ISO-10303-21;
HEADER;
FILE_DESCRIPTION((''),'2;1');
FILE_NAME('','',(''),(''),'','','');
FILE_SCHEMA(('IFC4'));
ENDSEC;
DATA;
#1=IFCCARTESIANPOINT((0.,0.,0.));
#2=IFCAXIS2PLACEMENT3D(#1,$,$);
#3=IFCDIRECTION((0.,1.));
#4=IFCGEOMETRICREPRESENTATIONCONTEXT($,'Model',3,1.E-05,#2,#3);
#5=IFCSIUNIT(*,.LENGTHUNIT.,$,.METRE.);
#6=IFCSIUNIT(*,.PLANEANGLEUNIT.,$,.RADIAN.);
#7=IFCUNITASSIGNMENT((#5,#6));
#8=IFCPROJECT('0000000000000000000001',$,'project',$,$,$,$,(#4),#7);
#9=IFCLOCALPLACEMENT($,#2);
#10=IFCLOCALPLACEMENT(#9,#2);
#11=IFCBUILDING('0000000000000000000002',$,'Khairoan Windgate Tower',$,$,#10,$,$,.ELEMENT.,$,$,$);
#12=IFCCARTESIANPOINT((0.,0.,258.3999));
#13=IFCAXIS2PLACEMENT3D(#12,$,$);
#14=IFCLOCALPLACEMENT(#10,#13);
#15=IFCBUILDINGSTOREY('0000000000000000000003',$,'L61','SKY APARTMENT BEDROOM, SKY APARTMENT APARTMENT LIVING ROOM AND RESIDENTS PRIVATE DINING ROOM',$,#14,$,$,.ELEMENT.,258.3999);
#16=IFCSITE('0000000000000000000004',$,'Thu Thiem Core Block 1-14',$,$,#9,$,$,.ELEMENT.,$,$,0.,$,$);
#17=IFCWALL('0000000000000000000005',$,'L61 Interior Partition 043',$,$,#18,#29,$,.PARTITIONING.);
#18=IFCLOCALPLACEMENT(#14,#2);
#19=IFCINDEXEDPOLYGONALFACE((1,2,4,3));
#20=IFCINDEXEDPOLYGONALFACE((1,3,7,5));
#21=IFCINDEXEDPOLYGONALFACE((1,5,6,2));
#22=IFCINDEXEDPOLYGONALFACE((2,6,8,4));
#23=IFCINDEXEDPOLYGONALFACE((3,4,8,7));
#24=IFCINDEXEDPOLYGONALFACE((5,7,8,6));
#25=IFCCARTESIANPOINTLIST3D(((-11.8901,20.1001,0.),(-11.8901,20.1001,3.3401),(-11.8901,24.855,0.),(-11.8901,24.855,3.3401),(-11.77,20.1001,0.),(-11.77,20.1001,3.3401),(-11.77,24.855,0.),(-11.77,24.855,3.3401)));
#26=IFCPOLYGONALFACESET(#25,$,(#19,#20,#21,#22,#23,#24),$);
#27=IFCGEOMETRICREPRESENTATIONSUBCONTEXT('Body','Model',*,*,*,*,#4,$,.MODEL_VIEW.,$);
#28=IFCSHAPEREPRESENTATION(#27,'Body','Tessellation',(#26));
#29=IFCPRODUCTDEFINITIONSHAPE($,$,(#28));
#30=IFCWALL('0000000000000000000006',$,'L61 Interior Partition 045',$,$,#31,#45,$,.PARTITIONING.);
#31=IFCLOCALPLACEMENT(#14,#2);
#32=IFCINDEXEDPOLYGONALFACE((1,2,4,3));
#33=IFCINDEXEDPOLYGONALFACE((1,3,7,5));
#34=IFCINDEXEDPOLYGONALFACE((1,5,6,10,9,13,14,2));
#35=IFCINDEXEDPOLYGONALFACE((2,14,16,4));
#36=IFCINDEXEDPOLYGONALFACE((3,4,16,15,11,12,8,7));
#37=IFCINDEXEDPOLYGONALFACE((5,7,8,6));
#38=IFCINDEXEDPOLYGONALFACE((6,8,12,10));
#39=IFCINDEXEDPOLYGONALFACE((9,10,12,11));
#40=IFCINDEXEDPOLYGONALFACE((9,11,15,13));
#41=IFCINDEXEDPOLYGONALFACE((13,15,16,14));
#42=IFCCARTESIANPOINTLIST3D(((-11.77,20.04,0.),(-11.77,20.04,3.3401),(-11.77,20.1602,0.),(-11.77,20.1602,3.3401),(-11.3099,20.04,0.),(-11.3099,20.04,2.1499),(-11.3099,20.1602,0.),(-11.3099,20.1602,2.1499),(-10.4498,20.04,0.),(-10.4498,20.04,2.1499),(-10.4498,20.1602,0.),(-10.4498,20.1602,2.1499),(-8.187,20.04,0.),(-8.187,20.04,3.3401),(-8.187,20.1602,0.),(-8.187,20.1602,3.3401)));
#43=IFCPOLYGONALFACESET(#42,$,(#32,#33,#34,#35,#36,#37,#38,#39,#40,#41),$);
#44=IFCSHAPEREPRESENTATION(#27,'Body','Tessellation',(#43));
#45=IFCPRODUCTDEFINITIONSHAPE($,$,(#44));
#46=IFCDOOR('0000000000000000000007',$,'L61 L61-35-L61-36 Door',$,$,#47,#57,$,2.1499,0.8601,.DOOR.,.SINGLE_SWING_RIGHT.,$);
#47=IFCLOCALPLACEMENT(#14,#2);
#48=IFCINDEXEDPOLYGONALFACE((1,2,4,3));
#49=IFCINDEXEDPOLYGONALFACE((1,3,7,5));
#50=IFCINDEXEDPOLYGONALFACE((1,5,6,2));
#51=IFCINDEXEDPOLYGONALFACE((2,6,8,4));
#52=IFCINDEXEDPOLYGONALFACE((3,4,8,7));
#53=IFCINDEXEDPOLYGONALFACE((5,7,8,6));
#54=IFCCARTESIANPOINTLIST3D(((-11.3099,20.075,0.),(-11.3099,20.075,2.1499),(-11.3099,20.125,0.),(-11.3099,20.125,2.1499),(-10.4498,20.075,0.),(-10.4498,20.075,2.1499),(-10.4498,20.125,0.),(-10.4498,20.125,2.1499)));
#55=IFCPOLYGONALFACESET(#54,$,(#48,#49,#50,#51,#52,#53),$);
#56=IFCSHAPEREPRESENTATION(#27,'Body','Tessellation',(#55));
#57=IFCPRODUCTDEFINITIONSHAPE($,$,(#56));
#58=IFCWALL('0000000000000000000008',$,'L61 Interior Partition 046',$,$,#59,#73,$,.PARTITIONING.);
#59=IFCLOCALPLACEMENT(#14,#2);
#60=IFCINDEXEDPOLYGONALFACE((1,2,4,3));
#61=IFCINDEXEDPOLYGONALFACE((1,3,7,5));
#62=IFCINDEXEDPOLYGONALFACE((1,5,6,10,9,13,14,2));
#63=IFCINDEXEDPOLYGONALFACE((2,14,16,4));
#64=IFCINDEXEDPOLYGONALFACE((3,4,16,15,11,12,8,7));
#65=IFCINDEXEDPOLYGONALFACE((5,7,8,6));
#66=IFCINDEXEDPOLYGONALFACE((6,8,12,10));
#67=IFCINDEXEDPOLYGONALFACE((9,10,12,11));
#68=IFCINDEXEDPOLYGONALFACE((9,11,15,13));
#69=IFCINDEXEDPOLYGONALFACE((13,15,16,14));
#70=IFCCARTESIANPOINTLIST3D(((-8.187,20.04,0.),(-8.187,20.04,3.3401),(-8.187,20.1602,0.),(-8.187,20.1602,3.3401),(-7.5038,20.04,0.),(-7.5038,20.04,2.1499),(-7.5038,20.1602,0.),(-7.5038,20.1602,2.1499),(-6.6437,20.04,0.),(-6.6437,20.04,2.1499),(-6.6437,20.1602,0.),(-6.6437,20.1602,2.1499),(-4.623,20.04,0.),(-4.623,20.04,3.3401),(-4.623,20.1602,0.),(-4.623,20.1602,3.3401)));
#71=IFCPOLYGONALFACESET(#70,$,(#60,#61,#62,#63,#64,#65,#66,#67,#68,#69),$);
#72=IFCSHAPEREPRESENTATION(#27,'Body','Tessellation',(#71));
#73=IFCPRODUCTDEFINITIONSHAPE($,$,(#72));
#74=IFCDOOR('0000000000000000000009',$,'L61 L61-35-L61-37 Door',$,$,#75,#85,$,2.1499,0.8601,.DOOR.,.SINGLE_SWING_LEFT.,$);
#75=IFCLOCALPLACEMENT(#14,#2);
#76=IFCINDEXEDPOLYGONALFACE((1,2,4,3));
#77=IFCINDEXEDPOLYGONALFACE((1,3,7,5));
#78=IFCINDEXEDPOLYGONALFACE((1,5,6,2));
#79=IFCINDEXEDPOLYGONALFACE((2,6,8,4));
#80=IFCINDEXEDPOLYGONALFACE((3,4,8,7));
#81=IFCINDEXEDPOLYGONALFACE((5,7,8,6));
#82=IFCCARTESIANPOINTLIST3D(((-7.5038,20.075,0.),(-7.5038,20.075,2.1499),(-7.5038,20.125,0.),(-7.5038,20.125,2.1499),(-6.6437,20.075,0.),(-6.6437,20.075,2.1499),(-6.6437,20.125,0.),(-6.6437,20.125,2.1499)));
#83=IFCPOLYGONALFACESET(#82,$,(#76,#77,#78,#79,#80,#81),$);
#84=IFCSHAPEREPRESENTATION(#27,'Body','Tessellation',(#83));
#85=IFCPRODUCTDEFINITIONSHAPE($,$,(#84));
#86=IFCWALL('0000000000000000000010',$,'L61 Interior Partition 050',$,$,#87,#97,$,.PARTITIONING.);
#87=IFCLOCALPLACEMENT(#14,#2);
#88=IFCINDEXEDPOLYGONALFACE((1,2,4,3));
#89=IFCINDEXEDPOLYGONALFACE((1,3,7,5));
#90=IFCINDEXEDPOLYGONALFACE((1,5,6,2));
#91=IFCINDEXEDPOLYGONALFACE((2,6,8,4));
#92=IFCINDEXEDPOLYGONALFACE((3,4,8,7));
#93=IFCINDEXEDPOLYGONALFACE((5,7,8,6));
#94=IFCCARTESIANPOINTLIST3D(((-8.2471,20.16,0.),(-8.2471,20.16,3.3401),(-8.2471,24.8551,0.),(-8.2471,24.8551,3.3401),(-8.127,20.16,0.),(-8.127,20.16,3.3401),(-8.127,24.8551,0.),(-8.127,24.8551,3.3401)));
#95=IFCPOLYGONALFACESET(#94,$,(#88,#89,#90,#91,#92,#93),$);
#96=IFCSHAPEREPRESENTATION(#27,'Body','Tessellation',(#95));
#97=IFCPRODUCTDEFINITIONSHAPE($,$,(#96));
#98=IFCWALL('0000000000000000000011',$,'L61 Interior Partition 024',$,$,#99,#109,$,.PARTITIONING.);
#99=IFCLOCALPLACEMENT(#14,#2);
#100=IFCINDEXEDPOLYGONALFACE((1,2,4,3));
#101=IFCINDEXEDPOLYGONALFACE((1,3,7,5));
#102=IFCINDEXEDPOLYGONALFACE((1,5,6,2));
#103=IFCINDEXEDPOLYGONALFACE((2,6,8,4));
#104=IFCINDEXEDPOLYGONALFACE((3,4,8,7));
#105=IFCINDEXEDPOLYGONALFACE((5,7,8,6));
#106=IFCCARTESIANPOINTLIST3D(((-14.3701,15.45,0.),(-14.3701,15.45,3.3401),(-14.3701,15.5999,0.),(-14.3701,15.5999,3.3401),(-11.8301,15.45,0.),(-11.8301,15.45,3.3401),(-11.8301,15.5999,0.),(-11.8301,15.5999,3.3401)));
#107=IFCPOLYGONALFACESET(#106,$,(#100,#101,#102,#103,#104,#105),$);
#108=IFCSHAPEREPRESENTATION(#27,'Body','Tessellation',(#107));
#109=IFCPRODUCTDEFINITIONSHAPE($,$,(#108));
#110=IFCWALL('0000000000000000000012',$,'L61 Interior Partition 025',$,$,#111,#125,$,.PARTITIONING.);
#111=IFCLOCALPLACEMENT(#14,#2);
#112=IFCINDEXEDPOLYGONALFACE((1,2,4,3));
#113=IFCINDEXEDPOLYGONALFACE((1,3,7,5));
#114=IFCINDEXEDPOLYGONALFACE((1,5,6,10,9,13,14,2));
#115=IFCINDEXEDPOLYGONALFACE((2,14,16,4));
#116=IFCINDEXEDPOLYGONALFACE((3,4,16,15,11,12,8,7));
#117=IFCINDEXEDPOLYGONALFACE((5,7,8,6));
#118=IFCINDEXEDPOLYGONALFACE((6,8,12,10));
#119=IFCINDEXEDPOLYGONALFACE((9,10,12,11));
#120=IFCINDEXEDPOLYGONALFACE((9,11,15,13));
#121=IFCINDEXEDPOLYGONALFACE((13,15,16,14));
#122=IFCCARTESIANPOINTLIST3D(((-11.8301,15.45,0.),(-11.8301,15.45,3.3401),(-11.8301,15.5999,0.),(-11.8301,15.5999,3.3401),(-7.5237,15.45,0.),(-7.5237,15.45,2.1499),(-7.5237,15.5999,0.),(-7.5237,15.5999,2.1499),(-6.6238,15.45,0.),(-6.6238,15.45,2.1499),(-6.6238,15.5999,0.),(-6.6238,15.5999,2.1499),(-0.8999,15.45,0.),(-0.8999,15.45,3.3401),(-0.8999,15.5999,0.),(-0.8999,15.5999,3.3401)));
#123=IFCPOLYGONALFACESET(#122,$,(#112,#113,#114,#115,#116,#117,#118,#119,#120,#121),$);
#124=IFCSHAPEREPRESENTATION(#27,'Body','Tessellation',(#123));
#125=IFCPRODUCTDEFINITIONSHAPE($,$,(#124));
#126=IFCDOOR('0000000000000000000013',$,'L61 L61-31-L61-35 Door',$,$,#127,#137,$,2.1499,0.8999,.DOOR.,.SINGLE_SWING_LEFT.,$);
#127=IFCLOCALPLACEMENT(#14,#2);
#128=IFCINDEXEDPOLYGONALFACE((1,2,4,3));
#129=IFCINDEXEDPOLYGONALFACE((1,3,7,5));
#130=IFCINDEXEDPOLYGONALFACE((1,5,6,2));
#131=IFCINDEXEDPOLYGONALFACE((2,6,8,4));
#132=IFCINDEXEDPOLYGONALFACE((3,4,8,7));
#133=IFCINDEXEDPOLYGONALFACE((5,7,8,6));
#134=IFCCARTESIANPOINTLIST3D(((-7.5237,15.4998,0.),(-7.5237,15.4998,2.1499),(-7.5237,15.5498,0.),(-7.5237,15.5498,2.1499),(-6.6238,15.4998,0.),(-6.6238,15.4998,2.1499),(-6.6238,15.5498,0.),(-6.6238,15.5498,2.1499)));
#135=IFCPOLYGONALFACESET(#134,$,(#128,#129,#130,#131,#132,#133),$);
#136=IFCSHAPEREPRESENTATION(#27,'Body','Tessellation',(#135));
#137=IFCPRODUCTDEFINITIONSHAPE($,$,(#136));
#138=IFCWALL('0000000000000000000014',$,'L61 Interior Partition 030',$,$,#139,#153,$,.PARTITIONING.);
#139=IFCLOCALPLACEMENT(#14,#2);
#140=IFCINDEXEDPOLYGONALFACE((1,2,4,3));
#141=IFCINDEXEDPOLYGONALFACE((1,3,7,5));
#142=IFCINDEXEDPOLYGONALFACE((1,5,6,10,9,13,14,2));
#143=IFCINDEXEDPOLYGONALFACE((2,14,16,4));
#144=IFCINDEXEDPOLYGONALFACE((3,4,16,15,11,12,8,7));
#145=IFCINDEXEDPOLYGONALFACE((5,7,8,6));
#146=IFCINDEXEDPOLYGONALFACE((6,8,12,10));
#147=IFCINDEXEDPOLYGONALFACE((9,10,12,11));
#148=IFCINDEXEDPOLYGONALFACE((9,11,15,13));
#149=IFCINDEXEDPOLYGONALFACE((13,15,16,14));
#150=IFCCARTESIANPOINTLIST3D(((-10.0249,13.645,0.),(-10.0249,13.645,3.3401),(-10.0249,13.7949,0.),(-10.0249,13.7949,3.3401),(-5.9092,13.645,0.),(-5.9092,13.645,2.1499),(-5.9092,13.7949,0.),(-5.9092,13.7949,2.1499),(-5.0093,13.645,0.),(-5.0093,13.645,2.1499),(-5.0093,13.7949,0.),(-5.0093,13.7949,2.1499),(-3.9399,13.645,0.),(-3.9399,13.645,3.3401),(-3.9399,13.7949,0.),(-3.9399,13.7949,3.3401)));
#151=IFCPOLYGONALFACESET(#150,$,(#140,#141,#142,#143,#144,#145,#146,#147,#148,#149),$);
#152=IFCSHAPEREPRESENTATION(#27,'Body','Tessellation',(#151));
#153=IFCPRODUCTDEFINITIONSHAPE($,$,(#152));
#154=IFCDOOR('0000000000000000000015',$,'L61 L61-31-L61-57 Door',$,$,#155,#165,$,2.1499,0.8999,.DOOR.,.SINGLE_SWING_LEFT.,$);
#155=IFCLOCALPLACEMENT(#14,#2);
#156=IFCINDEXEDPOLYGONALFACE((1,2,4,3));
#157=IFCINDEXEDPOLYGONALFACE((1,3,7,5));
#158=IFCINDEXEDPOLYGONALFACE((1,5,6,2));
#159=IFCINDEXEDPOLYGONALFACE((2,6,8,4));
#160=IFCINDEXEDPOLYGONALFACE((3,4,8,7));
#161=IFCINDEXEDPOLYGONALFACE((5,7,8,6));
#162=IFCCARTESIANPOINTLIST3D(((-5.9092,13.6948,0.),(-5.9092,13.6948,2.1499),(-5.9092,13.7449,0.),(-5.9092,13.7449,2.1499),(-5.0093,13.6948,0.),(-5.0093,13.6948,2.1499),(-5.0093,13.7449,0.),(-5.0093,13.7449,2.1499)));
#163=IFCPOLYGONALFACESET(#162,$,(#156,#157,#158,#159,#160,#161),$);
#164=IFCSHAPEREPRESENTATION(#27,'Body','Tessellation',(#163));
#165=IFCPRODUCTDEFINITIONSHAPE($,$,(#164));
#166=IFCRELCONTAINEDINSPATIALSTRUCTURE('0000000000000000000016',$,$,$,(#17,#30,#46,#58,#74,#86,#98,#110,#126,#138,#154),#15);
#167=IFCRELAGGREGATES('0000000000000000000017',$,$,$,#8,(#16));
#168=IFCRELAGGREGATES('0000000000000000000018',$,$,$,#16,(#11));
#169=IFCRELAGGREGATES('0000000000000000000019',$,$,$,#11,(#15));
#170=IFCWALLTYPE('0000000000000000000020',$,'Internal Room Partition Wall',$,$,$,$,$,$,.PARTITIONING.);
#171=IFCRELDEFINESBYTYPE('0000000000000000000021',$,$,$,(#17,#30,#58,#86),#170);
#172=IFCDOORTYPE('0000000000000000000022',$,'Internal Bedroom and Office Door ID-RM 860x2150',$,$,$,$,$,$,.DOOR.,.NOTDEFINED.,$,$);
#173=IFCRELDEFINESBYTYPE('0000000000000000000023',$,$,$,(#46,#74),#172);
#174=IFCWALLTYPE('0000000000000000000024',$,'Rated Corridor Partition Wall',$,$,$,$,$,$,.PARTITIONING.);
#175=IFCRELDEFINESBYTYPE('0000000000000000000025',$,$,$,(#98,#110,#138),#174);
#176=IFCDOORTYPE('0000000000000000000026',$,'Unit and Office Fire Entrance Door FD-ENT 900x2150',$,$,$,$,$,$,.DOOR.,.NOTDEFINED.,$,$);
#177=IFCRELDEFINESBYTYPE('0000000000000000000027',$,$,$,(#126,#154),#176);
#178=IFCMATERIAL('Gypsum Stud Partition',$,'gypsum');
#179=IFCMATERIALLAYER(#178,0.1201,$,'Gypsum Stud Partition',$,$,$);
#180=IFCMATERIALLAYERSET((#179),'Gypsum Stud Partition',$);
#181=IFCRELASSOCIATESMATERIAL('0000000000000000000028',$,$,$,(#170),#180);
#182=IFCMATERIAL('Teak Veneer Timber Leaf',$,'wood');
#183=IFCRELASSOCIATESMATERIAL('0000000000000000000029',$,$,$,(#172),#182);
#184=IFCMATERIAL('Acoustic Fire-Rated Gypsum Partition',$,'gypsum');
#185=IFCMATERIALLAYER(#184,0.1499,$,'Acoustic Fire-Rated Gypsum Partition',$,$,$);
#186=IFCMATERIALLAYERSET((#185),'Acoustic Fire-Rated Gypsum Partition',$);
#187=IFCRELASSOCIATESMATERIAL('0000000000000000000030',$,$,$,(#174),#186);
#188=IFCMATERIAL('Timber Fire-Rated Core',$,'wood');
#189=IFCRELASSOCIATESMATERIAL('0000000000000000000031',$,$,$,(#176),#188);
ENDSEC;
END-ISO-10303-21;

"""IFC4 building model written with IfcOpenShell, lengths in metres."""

from ifc_helpers import new_model, si_unit, direction, frame, frame_2d, origin, place, context, subcontext, project, spatial, rectangle, extrude, material, layer, layer_set, type_object, element, fill, save


model = new_model("IFC4")

# Units and contexts
model_context = context("Model", 3, precision=1e-05, world=origin(), true_north=direction((0.0, 1.0)))
body_context = subcontext(model_context, "Body", "Model", "MODEL_VIEW")
ifc_project = project(units=[si_unit("LENGTHUNIT", "METRE"), si_unit("PLANEANGLEUNIT", "RADIAN")], contexts=[model_context])

# Site, building, storey
site_placement = place(None, origin())
site = spatial("IfcSite", under=ifc_project, at=site_placement, Name="Thu Thiem Core Block 1-14", CompositionType="ELEMENT", RefElevation=0.0)
building_placement = place(site_placement, origin())
building = spatial("IfcBuilding", under=site, at=building_placement, Name="Khairoan Windgate Tower", CompositionType="ELEMENT")
storey_placement = place(building_placement, frame((0.0, 0.0, 258.3999)))
storey = spatial("IfcBuildingStorey", under=building, at=storey_placement, Name="L61", Description="SKY APARTMENT BEDROOM, SKY APARTMENT APARTMENT LIVING ROOM AND RESIDENTS PRIVATE DINING ROOM", CompositionType="ELEMENT", Elevation=258.3999)

# Shared definitions
ifc_material_1 = material(Name="Gypsum Stud Partition", Category="gypsum")
ifc_layer_1 = layer(ifc_material_1, 0.1201, Name="Gypsum Stud Partition")
ifc_layer_set_1 = layer_set([ifc_layer_1], Name="Gypsum Stud Partition")
wall_type_1 = type_object("IfcWallType", Name="Internal Room Partition Wall", PredefinedType="PARTITIONING", material=ifc_layer_set_1)
ifc_material_2 = material(Name="Teak Veneer Timber Leaf", Category="wood")
door_type_1 = type_object("IfcDoorType", Name="Internal Bedroom and Office Door ID-RM 860x2150", OperationType="NOTDEFINED", PredefinedType="DOOR", material=ifc_material_2)

# Wall
wall_1_placement = place(storey_placement, frame((-11.8301, 20.1001, 0.0), z_axis=(0.0, 0.0, 1.0), x_axis=(0.0, 1.0, 0.0)))
element("IfcWall", 1, at=wall_1_placement, inside=storey, type_object=wall_type_1, Name="L61 Interior Partition 043", PredefinedType="PARTITIONING", context=body_context, shape_type="SweptSolid", body=[
    extrude(rectangle(XDim=4.7549, YDim=0.1201, at=frame_2d((2.3774, 0.0))), origin(), (0.0, 0.0, 1.0), 3.3401),
])

# Walls, openings, doors
wall_2_placement = place(storey_placement, frame((-11.77, 20.1001, 0.0), z_axis=(0.0, 0.0, 1.0), x_axis=(1.0, 0.0, 0.0)))
wall_2 = element("IfcWall", 2, at=wall_2_placement, inside=storey, type_object=wall_type_1, Name="L61 Interior Partition 045", PredefinedType="PARTITIONING", context=body_context, shape_type="SweptSolid", body=[
    extrude(rectangle(XDim=3.583, YDim=0.1201, at=frame_2d((1.7915, 0.0))), origin(), (0.0, 0.0, 1.0), 3.3401),
])
opening_1_placement = place(wall_2_placement, frame((0.46, 0.0, 0.0)))
opening_1 = element("IfcOpeningElement", 3, at=opening_1_placement, cuts=wall_2, PredefinedType="OPENING", context=body_context, shape_type="SweptSolid", body=[
    extrude(rectangle(XDim=0.8601, YDim=2.1499, at=frame_2d((0.4302, 1.075))), frame((0.0, 0.0701, 0.0), z_axis=(0.0, -1.0, 0.0), x_axis=(1.0, 0.0, 0.0)), (0.0, 0.0, 1.0), 0.1401),
])
door_1_placement = place(opening_1_placement, origin())
door_1 = element("IfcDoor", 4, at=door_1_placement, inside=storey, type_object=door_type_1, Name="L61 L61-35-L61-36 Door", OperationType="SINGLE_SWING_RIGHT", OverallHeight=2.1499, OverallWidth=0.8601, PredefinedType="DOOR", context=body_context, shape_type="SweptSolid", body=[
    extrude(rectangle(XDim=0.8601, YDim=2.1499, at=frame_2d((0.4302, 1.075))), frame((0.0, 0.0249, 0.0), z_axis=(0.0, -1.0, 0.0), x_axis=(1.0, 0.0, 0.0)), (0.0, 0.0, 1.0), 0.05),
])
fill(opening_1, door_1)
wall_3_placement = place(storey_placement, frame((-8.187, 20.1001, 0.0), z_axis=(0.0, 0.0, 1.0), x_axis=(1.0, 0.0, 0.0)))
wall_3 = element("IfcWall", 5, at=wall_3_placement, inside=storey, type_object=wall_type_1, Name="L61 Interior Partition 046", PredefinedType="PARTITIONING", context=body_context, shape_type="SweptSolid", body=[
    extrude(rectangle(XDim=3.564, YDim=0.1201, at=frame_2d((1.782, 0.0))), origin(), (0.0, 0.0, 1.0), 3.3401),
])
opening_2_placement = place(wall_3_placement, frame((0.6831, 0.0, 0.0)))
opening_2 = element("IfcOpeningElement", 6, at=opening_2_placement, cuts=wall_3, PredefinedType="OPENING", context=body_context, shape_type="SweptSolid", body=[
    extrude(rectangle(XDim=0.8601, YDim=2.1499, at=frame_2d((0.4302, 1.075))), frame((0.0, 0.0701, 0.0), z_axis=(0.0, -1.0, 0.0), x_axis=(1.0, 0.0, 0.0)), (0.0, 0.0, 1.0), 0.1401),
])
door_2_placement = place(opening_2_placement, origin())
door_2 = element("IfcDoor", 7, at=door_2_placement, inside=storey, type_object=door_type_1, Name="L61 L61-35-L61-37 Door", OperationType="SINGLE_SWING_LEFT", OverallHeight=2.1499, OverallWidth=0.8601, PredefinedType="DOOR", context=body_context, shape_type="SweptSolid", body=[
    extrude(rectangle(XDim=0.8601, YDim=2.1499, at=frame_2d((0.4302, 1.075))), frame((0.0, 0.0249, 0.0), z_axis=(0.0, -1.0, 0.0), x_axis=(1.0, 0.0, 0.0)), (0.0, 0.0, 1.0), 0.05),
])
fill(opening_2, door_2)

# Walls
wall_4_placement = place(storey_placement, frame((-8.187, 20.1599, 0.0), z_axis=(0.0, 0.0, 1.0), x_axis=(0.0, 1.0, 0.0)))
element("IfcWall", 8, at=wall_4_placement, inside=storey, type_object=wall_type_1, Name="L61 Interior Partition 050", PredefinedType="PARTITIONING", context=body_context, shape_type="SweptSolid", body=[
    extrude(rectangle(XDim=4.6951, YDim=0.1201, at=frame_2d((2.3477, 0.0))), origin(), (0.0, 0.0, 1.0), 3.3401),
])
ifc_material_3 = material(Name="Acoustic Fire-Rated Gypsum Partition", Category="gypsum")
ifc_layer_2 = layer(ifc_material_3, 0.1499, Name="Acoustic Fire-Rated Gypsum Partition")
ifc_layer_set_2 = layer_set([ifc_layer_2], Name="Acoustic Fire-Rated Gypsum Partition")
wall_type_2 = type_object("IfcWallType", Name="Rated Corridor Partition Wall", PredefinedType="PARTITIONING", material=ifc_layer_set_2)
wall_5_placement = place(storey_placement, frame((-14.3701, 15.5249, 0.0), z_axis=(0.0, 0.0, 1.0), x_axis=(1.0, 0.0, 0.0)))
element("IfcWall", 9, at=wall_5_placement, inside=storey, type_object=wall_type_2, Name="L61 Interior Partition 024", PredefinedType="PARTITIONING", context=body_context, shape_type="SweptSolid", body=[
    extrude(rectangle(XDim=2.54, YDim=0.1499, at=frame_2d((1.27, 0.0))), origin(), (0.0, 0.0, 1.0), 3.3401),
])

# Walls, openings, doors
wall_6_placement = place(storey_placement, frame((-11.8301, 15.5249, 0.0), z_axis=(0.0, 0.0, 1.0), x_axis=(1.0, 0.0, 0.0)))
wall_6 = element("IfcWall", 10, at=wall_6_placement, inside=storey, type_object=wall_type_2, Name="L61 Interior Partition 025", PredefinedType="PARTITIONING", context=body_context, shape_type="SweptSolid", body=[
    extrude(rectangle(XDim=10.9302, YDim=0.1499, at=frame_2d((5.4651, 0.0))), origin(), (0.0, 0.0, 1.0), 3.3401),
])
opening_3_placement = place(wall_6_placement, frame((4.3064, 0.0, 0.0)))
opening_3 = element("IfcOpeningElement", 11, at=opening_3_placement, cuts=wall_6, PredefinedType="OPENING", context=body_context, shape_type="SweptSolid", body=[
    extrude(rectangle(XDim=0.8999, YDim=2.1499, at=frame_2d((0.45, 1.075))), frame((0.0, 0.085, 0.0), z_axis=(0.0, -1.0, 0.0), x_axis=(1.0, 0.0, 0.0)), (0.0, 0.0, 1.0), 0.1699),
])
ifc_material_4 = material(Name="Timber Fire-Rated Core", Category="wood")
door_type_2 = type_object("IfcDoorType", Name="Unit and Office Fire Entrance Door FD-ENT 900x2150", OperationType="NOTDEFINED", PredefinedType="DOOR", material=ifc_material_4)
door_3_placement = place(opening_3_placement, origin())
door_3 = element("IfcDoor", 12, at=door_3_placement, inside=storey, type_object=door_type_2, Name="L61 L61-31-L61-35 Door", OperationType="SINGLE_SWING_LEFT", OverallHeight=2.1499, OverallWidth=0.8999, PredefinedType="DOOR", context=body_context, shape_type="SweptSolid", body=[
    extrude(rectangle(XDim=0.8999, YDim=2.1499, at=frame_2d((0.45, 1.075))), frame((0.0, 0.0249, 0.0), z_axis=(0.0, -1.0, 0.0), x_axis=(1.0, 0.0, 0.0)), (0.0, 0.0, 1.0), 0.05),
])
fill(opening_3, door_3)
wall_7_placement = place(storey_placement, frame((-10.0249, 13.72, 0.0), z_axis=(0.0, 0.0, 1.0), x_axis=(1.0, 0.0, 0.0)))
wall_7 = element("IfcWall", 13, at=wall_7_placement, inside=storey, type_object=wall_type_2, Name="L61 Interior Partition 030", PredefinedType="PARTITIONING", context=body_context, shape_type="SweptSolid", body=[
    extrude(rectangle(XDim=6.085, YDim=0.1499, at=frame_2d((3.0425, 0.0))), origin(), (0.0, 0.0, 1.0), 3.3401),
])
opening_4_placement = place(wall_7_placement, frame((4.1157, 0.0, 0.0)))
opening_4 = element("IfcOpeningElement", 14, at=opening_4_placement, cuts=wall_7, PredefinedType="OPENING", context=body_context, shape_type="SweptSolid", body=[
    extrude(rectangle(XDim=0.8999, YDim=2.1499, at=frame_2d((0.45, 1.075))), frame((0.0, 0.085, 0.0), z_axis=(0.0, -1.0, 0.0), x_axis=(1.0, 0.0, 0.0)), (0.0, 0.0, 1.0), 0.1699),
])
door_4_placement = place(opening_4_placement, origin())
door_4 = element("IfcDoor", 15, at=door_4_placement, inside=storey, type_object=door_type_2, Name="L61 L61-31-L61-57 Door", OperationType="SINGLE_SWING_LEFT", OverallHeight=2.1499, OverallWidth=0.8999, PredefinedType="DOOR", context=body_context, shape_type="SweptSolid", body=[
    extrude(rectangle(XDim=0.8999, YDim=2.1499, at=frame_2d((0.45, 1.075))), frame((0.0, 0.0249, 0.0), z_axis=(0.0, -1.0, 0.0), x_axis=(1.0, 0.0, 0.0)), (0.0, 0.0, 1.0), 0.05),
])
fill(opening_4, door_4)

save(model, "model.ifc")
